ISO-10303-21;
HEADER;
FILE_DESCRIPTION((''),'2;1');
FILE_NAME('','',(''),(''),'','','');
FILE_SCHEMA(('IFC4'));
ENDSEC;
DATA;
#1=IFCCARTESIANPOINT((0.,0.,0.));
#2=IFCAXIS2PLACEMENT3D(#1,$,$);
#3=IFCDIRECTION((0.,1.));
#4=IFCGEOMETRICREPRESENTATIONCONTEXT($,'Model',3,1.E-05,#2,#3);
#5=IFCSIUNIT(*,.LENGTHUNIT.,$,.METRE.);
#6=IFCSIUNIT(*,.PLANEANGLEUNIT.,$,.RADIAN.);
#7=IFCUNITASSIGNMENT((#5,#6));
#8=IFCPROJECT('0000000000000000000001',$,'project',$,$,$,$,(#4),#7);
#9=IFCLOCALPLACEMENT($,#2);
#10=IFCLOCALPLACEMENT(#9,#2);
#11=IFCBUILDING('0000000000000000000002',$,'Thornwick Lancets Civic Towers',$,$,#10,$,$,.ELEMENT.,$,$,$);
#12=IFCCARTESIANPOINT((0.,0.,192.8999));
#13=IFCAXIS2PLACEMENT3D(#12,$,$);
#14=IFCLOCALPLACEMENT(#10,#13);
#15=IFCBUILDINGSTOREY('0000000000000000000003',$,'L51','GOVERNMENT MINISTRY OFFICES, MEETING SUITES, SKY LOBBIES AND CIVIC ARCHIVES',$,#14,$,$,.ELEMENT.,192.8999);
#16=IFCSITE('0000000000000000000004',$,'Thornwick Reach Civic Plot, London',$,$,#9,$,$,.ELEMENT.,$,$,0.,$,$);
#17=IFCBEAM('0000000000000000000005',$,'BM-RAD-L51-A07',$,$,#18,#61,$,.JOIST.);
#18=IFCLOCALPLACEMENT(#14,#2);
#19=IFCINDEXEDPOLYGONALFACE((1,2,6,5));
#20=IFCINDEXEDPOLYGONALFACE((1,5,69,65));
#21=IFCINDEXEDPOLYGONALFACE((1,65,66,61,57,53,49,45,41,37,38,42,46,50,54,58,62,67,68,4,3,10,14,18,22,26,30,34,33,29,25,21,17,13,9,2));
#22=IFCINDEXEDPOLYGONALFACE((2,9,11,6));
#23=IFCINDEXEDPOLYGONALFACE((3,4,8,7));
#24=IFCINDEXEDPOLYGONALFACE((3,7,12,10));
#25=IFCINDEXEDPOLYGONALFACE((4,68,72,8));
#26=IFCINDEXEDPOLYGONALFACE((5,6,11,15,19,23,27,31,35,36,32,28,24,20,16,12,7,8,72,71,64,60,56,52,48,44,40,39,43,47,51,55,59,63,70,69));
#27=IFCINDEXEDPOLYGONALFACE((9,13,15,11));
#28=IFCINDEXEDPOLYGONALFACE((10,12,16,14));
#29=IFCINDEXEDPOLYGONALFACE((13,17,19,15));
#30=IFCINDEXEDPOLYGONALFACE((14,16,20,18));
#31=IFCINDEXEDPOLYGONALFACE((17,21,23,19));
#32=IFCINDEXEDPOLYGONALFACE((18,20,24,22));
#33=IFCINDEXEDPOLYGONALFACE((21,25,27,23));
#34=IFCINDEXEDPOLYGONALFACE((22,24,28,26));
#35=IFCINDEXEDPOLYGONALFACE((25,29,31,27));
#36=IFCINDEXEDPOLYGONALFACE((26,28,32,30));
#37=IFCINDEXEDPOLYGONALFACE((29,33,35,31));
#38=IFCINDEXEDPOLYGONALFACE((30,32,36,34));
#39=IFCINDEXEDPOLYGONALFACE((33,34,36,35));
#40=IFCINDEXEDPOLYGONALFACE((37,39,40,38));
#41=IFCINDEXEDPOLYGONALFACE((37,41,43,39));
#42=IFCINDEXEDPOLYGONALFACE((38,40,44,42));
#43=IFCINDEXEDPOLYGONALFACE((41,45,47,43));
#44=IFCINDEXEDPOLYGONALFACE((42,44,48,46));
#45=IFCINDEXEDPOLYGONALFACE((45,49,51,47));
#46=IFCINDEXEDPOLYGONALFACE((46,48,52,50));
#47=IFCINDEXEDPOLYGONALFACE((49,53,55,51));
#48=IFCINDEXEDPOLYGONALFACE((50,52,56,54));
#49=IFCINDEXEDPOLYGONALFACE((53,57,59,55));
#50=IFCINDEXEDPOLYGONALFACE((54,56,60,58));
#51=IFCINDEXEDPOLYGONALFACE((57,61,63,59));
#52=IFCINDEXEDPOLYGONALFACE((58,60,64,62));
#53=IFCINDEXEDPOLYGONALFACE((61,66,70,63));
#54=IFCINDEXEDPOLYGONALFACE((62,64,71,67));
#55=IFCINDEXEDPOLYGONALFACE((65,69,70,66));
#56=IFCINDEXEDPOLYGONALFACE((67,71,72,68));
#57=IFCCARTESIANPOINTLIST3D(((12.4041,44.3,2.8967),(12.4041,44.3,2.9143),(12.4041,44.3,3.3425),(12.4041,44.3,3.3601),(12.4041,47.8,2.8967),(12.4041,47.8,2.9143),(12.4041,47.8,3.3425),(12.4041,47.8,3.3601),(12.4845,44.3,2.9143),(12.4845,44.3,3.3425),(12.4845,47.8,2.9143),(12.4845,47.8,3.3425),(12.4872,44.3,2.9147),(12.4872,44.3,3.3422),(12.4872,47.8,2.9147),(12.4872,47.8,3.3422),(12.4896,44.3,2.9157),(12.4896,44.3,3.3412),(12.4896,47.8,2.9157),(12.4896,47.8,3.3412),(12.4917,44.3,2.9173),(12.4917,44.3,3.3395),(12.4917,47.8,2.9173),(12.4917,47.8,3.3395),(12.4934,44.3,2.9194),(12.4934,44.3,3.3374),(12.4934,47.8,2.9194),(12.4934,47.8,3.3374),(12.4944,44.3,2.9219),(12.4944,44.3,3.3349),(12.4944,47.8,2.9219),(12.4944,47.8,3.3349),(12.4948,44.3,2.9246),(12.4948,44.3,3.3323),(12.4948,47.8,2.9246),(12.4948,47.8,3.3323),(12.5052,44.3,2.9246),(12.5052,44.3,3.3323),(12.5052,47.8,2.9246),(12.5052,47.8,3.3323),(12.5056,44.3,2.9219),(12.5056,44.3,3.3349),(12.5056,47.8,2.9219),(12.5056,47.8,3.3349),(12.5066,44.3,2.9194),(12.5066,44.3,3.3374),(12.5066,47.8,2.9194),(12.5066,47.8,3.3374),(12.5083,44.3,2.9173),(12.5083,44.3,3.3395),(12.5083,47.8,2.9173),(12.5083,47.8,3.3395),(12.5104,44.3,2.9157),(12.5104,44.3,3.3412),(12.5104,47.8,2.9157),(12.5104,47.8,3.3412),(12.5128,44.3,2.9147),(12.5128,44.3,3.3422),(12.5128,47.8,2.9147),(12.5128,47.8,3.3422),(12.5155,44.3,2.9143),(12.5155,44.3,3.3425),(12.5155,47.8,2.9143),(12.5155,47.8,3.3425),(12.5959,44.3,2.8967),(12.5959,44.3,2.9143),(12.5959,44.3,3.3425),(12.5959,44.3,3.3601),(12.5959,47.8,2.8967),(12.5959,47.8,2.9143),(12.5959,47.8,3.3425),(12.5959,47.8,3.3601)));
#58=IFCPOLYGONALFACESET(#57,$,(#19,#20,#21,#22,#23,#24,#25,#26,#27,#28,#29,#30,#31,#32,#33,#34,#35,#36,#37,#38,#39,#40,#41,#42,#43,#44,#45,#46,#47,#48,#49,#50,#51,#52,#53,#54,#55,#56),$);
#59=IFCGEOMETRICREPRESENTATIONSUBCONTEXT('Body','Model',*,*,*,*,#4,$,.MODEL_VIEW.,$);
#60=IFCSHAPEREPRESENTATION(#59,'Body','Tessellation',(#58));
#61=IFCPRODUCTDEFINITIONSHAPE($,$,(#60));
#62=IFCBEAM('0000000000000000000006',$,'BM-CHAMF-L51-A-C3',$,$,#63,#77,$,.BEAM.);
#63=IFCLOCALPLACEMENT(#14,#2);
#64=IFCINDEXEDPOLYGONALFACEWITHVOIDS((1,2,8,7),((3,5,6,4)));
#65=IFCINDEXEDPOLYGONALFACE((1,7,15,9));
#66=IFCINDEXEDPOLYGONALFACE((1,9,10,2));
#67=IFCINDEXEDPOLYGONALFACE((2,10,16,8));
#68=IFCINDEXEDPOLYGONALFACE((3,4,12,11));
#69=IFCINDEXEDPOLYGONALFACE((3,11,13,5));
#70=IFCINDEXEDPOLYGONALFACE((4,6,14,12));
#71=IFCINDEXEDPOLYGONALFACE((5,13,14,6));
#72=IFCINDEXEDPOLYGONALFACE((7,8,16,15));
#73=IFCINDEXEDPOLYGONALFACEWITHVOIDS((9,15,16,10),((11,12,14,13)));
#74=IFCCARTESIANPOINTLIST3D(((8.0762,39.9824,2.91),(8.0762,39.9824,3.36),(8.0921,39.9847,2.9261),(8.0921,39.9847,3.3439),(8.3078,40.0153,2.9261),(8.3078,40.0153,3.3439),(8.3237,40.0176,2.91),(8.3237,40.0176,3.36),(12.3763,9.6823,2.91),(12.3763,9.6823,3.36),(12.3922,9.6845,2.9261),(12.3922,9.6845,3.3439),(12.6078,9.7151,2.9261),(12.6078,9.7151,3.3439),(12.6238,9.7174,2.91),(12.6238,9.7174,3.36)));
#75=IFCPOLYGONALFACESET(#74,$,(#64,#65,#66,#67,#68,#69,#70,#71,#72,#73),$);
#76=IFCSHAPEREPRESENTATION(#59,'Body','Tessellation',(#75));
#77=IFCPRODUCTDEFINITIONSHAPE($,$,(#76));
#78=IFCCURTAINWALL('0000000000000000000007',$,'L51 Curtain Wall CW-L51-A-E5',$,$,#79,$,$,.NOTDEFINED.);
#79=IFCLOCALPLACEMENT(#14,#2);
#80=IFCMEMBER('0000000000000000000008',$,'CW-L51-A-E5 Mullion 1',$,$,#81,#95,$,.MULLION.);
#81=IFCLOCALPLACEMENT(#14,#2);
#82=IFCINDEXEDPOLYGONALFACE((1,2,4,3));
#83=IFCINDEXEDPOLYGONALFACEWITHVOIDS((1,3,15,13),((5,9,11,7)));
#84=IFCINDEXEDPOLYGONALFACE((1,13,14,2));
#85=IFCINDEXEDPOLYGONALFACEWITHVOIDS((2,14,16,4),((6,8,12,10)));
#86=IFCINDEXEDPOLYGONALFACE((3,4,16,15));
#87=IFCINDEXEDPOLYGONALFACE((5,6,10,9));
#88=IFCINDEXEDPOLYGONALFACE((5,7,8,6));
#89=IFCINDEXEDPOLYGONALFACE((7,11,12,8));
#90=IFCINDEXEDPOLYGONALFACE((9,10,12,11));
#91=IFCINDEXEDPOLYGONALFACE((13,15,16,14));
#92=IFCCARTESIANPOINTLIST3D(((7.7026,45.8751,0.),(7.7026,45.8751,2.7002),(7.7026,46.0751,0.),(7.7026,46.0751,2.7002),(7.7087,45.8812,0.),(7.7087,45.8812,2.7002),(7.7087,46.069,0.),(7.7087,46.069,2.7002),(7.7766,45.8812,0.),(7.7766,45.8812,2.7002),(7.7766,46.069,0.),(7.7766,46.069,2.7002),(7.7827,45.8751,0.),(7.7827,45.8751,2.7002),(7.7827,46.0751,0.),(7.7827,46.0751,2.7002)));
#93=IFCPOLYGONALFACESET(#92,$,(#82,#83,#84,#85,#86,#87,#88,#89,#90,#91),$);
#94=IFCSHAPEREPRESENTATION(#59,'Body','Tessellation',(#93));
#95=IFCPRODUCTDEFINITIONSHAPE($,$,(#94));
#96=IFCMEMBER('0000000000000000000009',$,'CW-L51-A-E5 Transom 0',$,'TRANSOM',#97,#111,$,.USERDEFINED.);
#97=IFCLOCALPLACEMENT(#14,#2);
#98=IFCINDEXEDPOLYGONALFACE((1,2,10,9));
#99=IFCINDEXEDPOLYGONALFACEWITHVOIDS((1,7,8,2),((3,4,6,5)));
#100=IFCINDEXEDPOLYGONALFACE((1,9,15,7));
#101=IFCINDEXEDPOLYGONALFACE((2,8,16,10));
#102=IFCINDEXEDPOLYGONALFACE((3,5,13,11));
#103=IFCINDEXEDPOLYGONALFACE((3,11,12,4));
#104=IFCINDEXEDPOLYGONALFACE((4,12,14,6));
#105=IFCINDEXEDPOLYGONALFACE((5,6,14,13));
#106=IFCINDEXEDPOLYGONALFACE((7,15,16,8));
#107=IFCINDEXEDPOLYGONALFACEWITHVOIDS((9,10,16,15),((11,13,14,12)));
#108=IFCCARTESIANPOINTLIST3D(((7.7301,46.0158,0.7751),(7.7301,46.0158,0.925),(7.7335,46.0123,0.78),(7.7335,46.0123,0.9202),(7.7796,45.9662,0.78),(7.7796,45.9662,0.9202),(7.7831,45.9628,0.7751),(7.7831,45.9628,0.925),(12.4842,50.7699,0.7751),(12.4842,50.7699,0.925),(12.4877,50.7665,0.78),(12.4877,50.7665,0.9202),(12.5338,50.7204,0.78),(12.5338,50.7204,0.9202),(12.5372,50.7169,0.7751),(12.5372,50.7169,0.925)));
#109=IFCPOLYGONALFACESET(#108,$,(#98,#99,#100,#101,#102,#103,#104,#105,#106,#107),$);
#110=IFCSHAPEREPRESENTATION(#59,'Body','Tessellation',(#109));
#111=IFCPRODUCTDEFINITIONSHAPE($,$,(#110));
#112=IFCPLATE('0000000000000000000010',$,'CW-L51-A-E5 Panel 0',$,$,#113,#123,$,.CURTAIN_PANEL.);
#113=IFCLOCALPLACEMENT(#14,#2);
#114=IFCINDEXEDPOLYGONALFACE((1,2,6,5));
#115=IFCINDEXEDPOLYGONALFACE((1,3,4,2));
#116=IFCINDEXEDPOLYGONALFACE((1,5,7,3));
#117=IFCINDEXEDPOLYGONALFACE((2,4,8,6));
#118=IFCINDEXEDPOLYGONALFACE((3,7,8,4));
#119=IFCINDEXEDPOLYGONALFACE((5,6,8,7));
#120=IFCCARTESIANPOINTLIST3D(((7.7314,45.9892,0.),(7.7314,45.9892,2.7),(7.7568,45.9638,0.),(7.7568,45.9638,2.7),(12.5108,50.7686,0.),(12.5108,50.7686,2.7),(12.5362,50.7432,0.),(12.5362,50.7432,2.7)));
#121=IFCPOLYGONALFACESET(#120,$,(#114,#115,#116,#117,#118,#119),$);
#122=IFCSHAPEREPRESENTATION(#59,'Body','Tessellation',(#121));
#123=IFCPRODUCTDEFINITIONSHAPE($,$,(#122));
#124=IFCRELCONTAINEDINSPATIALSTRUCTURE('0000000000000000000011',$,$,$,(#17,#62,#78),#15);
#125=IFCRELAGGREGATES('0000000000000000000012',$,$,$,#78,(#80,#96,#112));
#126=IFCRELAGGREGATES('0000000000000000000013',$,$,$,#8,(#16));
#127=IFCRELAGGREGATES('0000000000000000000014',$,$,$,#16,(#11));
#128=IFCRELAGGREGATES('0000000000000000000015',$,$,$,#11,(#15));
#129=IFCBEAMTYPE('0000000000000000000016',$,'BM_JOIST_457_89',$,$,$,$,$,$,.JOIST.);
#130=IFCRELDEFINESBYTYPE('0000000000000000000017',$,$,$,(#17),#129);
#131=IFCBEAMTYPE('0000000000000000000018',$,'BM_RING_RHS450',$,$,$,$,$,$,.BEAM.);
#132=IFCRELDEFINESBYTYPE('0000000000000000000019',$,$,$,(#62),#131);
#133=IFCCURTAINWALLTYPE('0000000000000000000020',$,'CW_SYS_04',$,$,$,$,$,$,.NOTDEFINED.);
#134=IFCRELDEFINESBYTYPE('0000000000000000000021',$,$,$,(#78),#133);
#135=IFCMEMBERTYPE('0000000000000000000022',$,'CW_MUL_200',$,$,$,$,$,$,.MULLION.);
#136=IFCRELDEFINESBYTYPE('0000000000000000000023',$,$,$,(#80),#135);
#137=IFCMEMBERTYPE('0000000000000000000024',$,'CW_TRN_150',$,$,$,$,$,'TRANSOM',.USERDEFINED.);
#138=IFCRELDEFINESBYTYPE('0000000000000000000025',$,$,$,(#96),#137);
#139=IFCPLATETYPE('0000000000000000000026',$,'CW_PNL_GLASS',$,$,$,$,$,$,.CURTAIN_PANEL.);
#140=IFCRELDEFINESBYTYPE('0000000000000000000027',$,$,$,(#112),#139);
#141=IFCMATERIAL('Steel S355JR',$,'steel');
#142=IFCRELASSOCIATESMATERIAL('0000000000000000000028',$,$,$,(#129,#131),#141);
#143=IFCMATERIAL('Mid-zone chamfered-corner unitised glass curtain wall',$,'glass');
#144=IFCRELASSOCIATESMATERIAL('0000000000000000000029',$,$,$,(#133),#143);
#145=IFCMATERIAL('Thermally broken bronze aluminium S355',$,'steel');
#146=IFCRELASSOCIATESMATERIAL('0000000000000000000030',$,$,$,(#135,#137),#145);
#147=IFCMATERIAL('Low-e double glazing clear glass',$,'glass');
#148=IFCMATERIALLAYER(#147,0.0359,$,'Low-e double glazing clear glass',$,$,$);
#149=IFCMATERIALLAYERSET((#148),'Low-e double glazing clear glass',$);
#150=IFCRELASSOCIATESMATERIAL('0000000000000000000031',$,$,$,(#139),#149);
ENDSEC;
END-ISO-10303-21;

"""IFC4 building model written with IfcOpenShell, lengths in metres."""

from ifc_helpers import new_model, si_unit, direction, frame, origin, origin_2d, place, context, subcontext, project, spatial, rectangle, hollow_rectangle, i_section, extrude, material, layer, layer_set, material_profile, profile_set, type_object, element, aggregate, save


model = new_model("IFC4")

# Units and contexts
model_context = context("Model", 3, precision=1e-05, world=origin(), true_north=direction((0.0, 1.0)))
body_context = subcontext(model_context, "Body", "Model", "MODEL_VIEW")
ifc_project = project(units=[si_unit("LENGTHUNIT", "METRE"), si_unit("PLANEANGLEUNIT", "RADIAN")], contexts=[model_context])

# Site, building, storey
site_placement = place(None, origin())
site = spatial("IfcSite", under=ifc_project, at=site_placement, Name="Thornwick Reach Civic Plot, London", CompositionType="ELEMENT", RefElevation=0.0)
building_placement = place(site_placement, origin())
building = spatial("IfcBuilding", under=site, at=building_placement, Name="Thornwick Lancets Civic Towers", CompositionType="ELEMENT")
storey_placement = place(building_placement, frame((0.0, 0.0, 192.8999)))
storey = spatial("IfcBuildingStorey", under=building, at=storey_placement, Name="L51", Description="GOVERNMENT MINISTRY OFFICES, MEETING SUITES, SKY LOBBIES AND CIVIC ARCHIVES", CompositionType="ELEMENT", Elevation=192.8999)

# Beams
ifc_material_1 = material(Name="Steel S355JR", Category="steel")
ifc_material_profile_1 = material_profile(ifc_material_1, i_section(OverallWidth=0.1919, OverallDepth=0.4634, WebThickness=0.0105, FlangeThickness=0.0176, FilletRadius=0.0103, at=origin_2d()), Name="UKB 457x191x89")
ifc_profile_set_1 = profile_set([ifc_material_profile_1], Name="Steel S355JR")
beam_type_1 = type_object("IfcBeamType", Name="BM_JOIST_457_89", PredefinedType="JOIST", material=ifc_profile_set_1)
beam_1_placement = place(storey_placement, frame((12.5, 44.3, 3.1284), z_axis=(0.0, 1.0, 0.0), x_axis=(-1.0, 0.0, 0.0)))
element("IfcBeam", 1, at=beam_1_placement, inside=storey, type_object=beam_type_1, Name="BM-RAD-L51-A07", PredefinedType="JOIST", context=body_context, shape_type="SweptSolid", body=[
    extrude(i_section(OverallWidth=0.1919, OverallDepth=0.4634, WebThickness=0.0105, FlangeThickness=0.0176, FilletRadius=0.0103, at=origin_2d()), origin(), (0.0, 0.0, 1.0), 3.5),
])
ifc_material_profile_2 = material_profile(ifc_material_1, hollow_rectangle(XDim=0.25, YDim=0.45, WallThickness=0.0161, at=origin_2d()), Name="RHS 450x250x16")
ifc_profile_set_2 = profile_set([ifc_material_profile_2], Name="Steel S355JR")
beam_type_2 = type_object("IfcBeamType", Name="BM_RING_RHS450", PredefinedType="BEAM", material=ifc_profile_set_2)
beam_2_placement = place(storey_placement, frame((8.2, 40.0, 3.135), z_axis=(0.140508, -0.99008, 0.0), x_axis=(0.99008, 0.140508, 0.0)))
element("IfcBeam", 2, at=beam_2_placement, inside=storey, type_object=beam_type_2, Name="BM-CHAMF-L51-A-C3", PredefinedType="BEAM", context=body_context, shape_type="SweptSolid", body=[
    extrude(hollow_rectangle(XDim=0.25, YDim=0.45, WallThickness=0.0161, at=origin_2d()), origin(), (0.0, 0.0, 1.0), 30.6038),
])

# Curtain wall, members, plate
ifc_material_2 = material(Name="Mid-zone chamfered-corner unitised glass curtain wall", Category="glass")
curtain_wall_type = type_object("IfcCurtainWallType", Name="CW_SYS_04", PredefinedType="NOTDEFINED", material=ifc_material_2)
curtain_wall_placement = place(storey_placement, origin())
curtain_wall = element("IfcCurtainWall", 3, at=curtain_wall_placement, inside=storey, type_object=curtain_wall_type, Name="L51 Curtain Wall CW-L51-A-E5", PredefinedType="NOTDEFINED")
ifc_material_3 = material(Name="Thermally broken bronze aluminium S355", Category="steel")
ifc_material_profile_3 = material_profile(ifc_material_3, hollow_rectangle(XDim=0.0801, YDim=0.2, WallThickness=0.0061, at=origin_2d()), Name="RHS 200x80x6")
ifc_profile_set_3 = profile_set([ifc_material_profile_3], Name="Thermally broken bronze aluminium S355")
member_type_1 = type_object("IfcMemberType", Name="CW_MUL_200", PredefinedType="MULLION", material=ifc_profile_set_3)
member_1_placement = place(storey_placement, frame((7.7427, 45.9751, 0.0), z_axis=(0.0, 0.0, 1.0), x_axis=(1.0, 0.0, 0.0)))
member_1 = element("IfcMember", 4, at=member_1_placement, type_object=member_type_1, Name="CW-L51-A-E5 Mullion 1", PredefinedType="MULLION", context=body_context, shape_type="SweptSolid", body=[
    extrude(hollow_rectangle(XDim=0.0801, YDim=0.2, WallThickness=0.0061, at=origin_2d()), origin(), (0.0, 0.0, 1.0), 2.7002),
])
ifc_material_profile_4 = material_profile(ifc_material_3, hollow_rectangle(XDim=0.075, YDim=0.1499, WallThickness=0.0049, at=origin_2d()), Name="RHS 150x75x5")
ifc_profile_set_4 = profile_set([ifc_material_profile_4], Name="Thermally broken bronze aluminium S355")
member_type_2 = type_object("IfcMemberType", Name="CW_TRN_150", ElementType="TRANSOM", PredefinedType="USERDEFINED", material=ifc_profile_set_4)
member_2_placement = place(storey_placement, frame((12.5107, 50.7434, 0.8501), z_axis=(-0.707107, -0.707107, 0.0), x_axis=(0.707107, -0.707107, 0.0)))
member_2 = element("IfcMember", 5, at=member_2_placement, type_object=member_type_2, Name="CW-L51-A-E5 Transom 0", ObjectType="TRANSOM", PredefinedType="USERDEFINED", context=body_context, shape_type="SweptSolid", body=[
    extrude(hollow_rectangle(XDim=0.075, YDim=0.1499, WallThickness=0.0049, at=origin_2d()), origin(), (0.0, 0.0, 1.0), 6.7234),
])
ifc_material_4 = material(Name="Low-e double glazing clear glass", Category="glass")
ifc_layer_1 = layer(ifc_material_4, 0.0359, Name="Low-e double glazing clear glass")
ifc_layer_set_1 = layer_set([ifc_layer_1], Name="Low-e double glazing clear glass")
plate_type = type_object("IfcPlateType", Name="CW_PNL_GLASS", PredefinedType="CURTAIN_PANEL", material=ifc_layer_set_1)
plate_placement = place(storey_placement, frame((10.1338, 48.3662, 0.0), z_axis=(0.0, 0.0, 1.0), x_axis=(-0.707107, -0.707107, 0.0)))
plate = element("IfcPlate", 6, at=plate_placement, type_object=plate_type, Name="CW-L51-A-E5 Panel 0", PredefinedType="CURTAIN_PANEL", context=body_context, shape_type="SweptSolid", body=[
    extrude(rectangle(XDim=6.759, YDim=0.0359, at=origin_2d()), origin(), (0.0, 0.0, 1.0), 2.7),
])
aggregate(curtain_wall, [member_1, member_2, plate])

save(model, "model.ifc")
